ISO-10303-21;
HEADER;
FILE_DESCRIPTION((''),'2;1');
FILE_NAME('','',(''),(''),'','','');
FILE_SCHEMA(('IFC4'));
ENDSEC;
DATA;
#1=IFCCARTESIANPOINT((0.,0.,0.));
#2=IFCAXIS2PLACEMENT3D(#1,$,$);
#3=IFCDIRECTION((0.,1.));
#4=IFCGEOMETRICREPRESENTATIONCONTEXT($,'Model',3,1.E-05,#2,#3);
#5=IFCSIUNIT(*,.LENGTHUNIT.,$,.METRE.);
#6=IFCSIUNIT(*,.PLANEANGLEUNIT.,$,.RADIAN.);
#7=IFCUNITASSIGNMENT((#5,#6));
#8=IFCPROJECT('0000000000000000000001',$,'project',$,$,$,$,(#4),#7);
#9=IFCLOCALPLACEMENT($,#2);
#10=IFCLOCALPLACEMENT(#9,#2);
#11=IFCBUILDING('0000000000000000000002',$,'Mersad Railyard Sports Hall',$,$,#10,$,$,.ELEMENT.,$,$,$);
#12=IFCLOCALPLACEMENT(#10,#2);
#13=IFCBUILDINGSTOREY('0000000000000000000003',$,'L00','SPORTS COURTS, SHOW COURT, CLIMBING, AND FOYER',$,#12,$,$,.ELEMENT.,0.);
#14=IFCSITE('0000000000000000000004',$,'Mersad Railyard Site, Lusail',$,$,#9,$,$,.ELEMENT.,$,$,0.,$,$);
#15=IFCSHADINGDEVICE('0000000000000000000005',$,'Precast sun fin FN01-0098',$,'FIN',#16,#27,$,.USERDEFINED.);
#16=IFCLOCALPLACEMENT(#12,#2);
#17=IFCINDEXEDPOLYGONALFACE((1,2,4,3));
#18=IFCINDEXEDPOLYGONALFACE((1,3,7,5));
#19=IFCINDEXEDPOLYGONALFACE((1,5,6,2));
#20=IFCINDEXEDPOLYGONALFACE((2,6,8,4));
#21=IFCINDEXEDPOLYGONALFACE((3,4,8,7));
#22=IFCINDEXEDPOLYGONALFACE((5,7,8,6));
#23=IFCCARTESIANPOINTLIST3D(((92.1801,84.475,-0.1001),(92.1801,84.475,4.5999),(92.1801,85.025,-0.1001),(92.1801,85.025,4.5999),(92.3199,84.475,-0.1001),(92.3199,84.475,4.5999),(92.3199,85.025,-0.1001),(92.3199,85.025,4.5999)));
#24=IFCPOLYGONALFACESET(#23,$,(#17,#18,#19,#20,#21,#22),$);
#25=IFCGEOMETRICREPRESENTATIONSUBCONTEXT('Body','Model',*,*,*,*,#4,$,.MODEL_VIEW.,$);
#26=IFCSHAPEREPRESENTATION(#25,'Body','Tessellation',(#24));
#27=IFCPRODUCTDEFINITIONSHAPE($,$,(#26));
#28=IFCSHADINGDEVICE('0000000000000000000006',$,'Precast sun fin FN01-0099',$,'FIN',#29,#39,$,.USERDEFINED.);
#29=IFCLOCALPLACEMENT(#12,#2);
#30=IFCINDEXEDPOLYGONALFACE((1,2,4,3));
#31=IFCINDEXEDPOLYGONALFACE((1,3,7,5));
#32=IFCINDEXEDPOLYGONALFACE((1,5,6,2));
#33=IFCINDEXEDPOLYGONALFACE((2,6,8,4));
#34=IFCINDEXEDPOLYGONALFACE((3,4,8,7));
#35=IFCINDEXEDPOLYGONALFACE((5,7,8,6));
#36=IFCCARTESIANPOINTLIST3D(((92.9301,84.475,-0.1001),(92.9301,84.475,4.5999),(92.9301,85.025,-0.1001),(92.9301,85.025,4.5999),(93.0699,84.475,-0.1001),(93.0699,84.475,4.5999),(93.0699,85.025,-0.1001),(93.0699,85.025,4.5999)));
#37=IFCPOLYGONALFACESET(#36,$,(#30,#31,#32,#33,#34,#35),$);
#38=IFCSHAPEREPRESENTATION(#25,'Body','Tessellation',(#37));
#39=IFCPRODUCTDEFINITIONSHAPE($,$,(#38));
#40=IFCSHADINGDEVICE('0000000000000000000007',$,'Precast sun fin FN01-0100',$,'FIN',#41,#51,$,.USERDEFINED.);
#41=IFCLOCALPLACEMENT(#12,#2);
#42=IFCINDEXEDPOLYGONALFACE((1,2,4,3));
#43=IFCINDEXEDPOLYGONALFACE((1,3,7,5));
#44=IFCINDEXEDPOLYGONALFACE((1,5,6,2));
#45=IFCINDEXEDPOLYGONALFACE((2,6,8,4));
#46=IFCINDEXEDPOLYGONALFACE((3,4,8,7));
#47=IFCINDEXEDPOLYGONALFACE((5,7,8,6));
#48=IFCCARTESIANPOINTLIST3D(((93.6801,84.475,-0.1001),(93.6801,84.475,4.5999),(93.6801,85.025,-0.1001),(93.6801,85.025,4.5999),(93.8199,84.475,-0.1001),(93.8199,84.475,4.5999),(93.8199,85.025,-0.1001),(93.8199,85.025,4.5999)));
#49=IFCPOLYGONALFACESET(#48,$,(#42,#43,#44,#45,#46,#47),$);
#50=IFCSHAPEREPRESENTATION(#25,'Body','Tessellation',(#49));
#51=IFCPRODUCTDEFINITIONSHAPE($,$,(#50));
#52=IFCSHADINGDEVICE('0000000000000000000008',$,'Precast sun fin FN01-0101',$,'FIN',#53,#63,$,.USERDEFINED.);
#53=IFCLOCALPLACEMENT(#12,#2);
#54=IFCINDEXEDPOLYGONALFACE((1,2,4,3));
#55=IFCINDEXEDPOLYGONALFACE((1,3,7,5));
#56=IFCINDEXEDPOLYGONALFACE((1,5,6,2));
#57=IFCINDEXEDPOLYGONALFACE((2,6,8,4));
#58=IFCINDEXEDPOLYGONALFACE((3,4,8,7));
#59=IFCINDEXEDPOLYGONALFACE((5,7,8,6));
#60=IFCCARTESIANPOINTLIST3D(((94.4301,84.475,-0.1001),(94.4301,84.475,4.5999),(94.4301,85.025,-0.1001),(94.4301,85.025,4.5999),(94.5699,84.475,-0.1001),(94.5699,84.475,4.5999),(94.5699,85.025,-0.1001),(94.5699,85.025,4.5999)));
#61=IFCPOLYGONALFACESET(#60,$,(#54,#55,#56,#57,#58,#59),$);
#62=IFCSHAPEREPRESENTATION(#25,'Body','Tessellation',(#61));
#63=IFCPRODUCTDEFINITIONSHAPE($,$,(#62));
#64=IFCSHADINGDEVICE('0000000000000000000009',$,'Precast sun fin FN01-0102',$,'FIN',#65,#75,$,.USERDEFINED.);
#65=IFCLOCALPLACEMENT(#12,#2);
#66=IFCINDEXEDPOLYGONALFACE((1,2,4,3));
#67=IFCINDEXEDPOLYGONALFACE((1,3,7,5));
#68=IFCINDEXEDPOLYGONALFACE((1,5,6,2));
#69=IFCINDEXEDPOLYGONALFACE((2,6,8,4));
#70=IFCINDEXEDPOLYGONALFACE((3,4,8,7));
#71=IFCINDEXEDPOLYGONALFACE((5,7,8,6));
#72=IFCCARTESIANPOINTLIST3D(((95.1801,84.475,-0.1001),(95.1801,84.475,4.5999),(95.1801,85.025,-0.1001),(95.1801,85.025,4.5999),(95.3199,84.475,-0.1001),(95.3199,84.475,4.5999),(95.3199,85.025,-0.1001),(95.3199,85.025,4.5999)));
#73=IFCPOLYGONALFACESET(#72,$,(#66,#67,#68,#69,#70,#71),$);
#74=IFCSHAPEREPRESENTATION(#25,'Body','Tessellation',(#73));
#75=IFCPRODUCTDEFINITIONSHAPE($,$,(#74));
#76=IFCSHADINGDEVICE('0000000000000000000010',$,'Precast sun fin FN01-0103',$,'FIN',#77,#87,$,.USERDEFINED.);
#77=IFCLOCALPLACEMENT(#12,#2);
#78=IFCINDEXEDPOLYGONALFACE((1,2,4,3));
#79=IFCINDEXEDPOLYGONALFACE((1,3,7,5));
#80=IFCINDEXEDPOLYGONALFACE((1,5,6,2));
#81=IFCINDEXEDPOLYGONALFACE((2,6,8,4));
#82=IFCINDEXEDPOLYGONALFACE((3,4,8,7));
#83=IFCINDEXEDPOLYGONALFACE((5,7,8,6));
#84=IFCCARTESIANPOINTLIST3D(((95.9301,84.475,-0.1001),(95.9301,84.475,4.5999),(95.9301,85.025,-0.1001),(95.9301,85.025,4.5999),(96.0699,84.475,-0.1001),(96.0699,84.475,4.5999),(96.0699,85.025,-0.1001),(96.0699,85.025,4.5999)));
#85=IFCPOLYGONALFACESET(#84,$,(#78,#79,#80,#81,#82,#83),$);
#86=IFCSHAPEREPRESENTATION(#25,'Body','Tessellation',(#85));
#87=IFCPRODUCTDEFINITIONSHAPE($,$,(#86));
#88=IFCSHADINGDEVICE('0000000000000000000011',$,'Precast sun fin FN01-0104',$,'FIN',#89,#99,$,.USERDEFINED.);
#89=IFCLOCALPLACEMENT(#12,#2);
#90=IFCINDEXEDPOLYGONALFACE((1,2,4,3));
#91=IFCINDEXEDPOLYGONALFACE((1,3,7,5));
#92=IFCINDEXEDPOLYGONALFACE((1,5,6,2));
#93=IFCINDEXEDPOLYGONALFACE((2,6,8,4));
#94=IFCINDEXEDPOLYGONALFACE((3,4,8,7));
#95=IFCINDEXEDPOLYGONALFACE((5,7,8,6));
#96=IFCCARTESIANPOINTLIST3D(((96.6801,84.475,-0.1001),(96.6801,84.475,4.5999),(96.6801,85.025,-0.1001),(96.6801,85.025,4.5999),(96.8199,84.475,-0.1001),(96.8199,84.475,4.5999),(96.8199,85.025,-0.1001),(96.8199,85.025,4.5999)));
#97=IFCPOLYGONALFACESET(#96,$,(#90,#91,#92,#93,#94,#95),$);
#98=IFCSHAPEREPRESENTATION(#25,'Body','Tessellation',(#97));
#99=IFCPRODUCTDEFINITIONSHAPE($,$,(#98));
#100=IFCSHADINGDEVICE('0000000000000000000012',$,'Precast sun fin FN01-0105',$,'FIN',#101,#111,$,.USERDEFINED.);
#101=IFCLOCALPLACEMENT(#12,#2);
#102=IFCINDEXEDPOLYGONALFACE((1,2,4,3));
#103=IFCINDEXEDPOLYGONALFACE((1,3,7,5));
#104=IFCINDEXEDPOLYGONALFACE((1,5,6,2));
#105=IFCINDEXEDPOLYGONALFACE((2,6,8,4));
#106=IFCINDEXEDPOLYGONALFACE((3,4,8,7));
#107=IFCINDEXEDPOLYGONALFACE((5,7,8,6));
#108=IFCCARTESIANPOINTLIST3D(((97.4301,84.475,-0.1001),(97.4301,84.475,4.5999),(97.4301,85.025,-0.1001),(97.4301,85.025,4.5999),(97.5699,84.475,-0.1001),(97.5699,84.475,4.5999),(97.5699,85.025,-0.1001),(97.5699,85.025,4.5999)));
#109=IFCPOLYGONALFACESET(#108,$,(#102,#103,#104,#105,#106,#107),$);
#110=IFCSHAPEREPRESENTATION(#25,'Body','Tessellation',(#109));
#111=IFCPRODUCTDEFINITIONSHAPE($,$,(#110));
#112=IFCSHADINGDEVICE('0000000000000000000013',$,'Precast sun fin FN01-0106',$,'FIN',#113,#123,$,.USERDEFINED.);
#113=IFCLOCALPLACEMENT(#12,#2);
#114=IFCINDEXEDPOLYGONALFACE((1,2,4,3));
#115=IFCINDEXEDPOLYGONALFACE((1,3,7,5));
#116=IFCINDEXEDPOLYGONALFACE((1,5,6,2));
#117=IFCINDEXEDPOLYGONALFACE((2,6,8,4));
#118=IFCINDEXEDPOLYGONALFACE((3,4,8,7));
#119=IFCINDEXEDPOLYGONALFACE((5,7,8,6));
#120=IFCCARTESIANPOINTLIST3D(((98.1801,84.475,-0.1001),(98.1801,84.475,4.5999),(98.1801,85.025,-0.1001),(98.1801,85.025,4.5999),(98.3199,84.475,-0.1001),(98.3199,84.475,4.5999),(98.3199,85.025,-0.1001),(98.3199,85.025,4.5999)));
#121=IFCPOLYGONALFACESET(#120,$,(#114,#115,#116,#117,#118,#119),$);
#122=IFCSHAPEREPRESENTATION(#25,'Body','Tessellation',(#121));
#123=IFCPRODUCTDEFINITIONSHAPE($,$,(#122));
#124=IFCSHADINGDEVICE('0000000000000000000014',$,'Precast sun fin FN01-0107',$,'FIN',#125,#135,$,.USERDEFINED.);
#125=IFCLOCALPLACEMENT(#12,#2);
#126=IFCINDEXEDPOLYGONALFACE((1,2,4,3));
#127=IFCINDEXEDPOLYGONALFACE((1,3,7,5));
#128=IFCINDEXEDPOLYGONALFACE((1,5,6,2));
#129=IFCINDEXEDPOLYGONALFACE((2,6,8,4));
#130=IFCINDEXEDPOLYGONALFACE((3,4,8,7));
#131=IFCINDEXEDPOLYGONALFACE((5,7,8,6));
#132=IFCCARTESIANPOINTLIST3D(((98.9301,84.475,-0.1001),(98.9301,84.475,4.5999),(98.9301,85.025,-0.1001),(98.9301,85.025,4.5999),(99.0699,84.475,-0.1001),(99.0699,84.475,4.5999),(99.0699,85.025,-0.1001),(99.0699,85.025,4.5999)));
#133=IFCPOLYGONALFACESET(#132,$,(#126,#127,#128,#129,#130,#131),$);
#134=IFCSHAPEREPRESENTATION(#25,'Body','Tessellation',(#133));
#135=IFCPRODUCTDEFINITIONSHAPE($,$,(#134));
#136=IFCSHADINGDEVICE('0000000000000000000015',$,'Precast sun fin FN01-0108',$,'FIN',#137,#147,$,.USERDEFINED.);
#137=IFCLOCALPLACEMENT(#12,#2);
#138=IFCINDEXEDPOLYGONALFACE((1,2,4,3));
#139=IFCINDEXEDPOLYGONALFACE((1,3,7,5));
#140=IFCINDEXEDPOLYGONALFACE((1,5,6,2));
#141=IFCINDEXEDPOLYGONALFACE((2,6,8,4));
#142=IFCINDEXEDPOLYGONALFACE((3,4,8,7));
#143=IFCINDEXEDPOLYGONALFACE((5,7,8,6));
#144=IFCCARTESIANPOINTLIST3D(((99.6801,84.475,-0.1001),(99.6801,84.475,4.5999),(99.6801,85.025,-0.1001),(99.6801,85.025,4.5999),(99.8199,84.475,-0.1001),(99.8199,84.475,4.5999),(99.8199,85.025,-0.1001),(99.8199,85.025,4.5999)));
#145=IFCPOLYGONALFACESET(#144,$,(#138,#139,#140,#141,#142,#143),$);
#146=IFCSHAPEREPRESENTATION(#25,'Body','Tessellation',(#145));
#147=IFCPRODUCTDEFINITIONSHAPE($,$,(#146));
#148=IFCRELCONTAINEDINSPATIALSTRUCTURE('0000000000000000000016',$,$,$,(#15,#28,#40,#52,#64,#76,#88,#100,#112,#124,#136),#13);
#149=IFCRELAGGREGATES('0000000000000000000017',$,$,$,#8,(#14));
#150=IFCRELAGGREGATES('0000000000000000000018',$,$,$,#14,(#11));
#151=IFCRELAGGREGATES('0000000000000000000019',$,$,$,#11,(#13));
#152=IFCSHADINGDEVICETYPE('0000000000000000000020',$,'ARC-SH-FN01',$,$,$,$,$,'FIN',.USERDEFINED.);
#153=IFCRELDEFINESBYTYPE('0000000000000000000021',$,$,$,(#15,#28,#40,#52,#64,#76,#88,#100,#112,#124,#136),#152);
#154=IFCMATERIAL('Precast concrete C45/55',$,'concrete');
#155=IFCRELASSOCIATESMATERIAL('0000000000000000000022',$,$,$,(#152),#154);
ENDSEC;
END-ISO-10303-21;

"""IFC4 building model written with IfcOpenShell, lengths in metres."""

from ifc_helpers import new_model, si_unit, direction, frame, origin, origin_2d, place, context, subcontext, project, spatial, rectangle, extrude, material, type_object, element, save


model = new_model("IFC4")

# Units and contexts
model_context = context("Model", 3, precision=1e-05, world=origin(), true_north=direction((0.0, 1.0)))
body_context = subcontext(model_context, "Body", "Model", "MODEL_VIEW")
ifc_project = project(units=[si_unit("LENGTHUNIT", "METRE"), si_unit("PLANEANGLEUNIT", "RADIAN")], contexts=[model_context])

# Site, building, storey
site_placement = place(None, origin())
site = spatial("IfcSite", under=ifc_project, at=site_placement, Name="Mersad Railyard Site, Lusail", CompositionType="ELEMENT", RefElevation=0.0)
building_placement = place(site_placement, origin())
building = spatial("IfcBuilding", under=site, at=building_placement, Name="Mersad Railyard Sports Hall", CompositionType="ELEMENT")
storey_placement = place(building_placement, origin())
storey = spatial("IfcBuildingStorey", under=building, at=storey_placement, Name="L00", Description="SPORTS COURTS, SHOW COURT, CLIMBING, AND FOYER", CompositionType="ELEMENT", Elevation=0.0)

# Shading devices
ifc_material_1 = material(Name="Precast concrete C45/55", Category="concrete")
shading_device_type = type_object("IfcShadingDeviceType", Name="ARC-SH-FN01", ElementType="FIN", PredefinedType="USERDEFINED", material=ifc_material_1)
for number, where, z_axis, x_axis, name in (
    (1, (92.25, 84.75, -0.1001), (0.0, 0.0, 1.0), (1.0, 0.0, 0.0), "Precast sun fin FN01-0098"),
    (2, (93.0, 84.75, -0.1001), (0.0, 0.0, 1.0), (1.0, 0.0, 0.0), "Precast sun fin FN01-0099"),
    (3, (93.75, 84.75, -0.1001), (0.0, 0.0, 1.0), (1.0, 0.0, 0.0), "Precast sun fin FN01-0100"),
    (4, (94.5, 84.75, -0.1001), (0.0, 0.0, 1.0), (1.0, 0.0, 0.0), "Precast sun fin FN01-0101"),
    (5, (95.25, 84.75, -0.1001), (0.0, 0.0, 1.0), (1.0, 0.0, 0.0), "Precast sun fin FN01-0102"),
    (6, (96.0, 84.75, -0.1001), (0.0, 0.0, 1.0), (1.0, 0.0, 0.0), "Precast sun fin FN01-0103"),
    (7, (96.75, 84.75, -0.1001), (0.0, 0.0, 1.0), (1.0, 0.0, 0.0), "Precast sun fin FN01-0104"),
    (8, (97.5, 84.75, -0.1001), (0.0, 0.0, 1.0), (1.0, 0.0, 0.0), "Precast sun fin FN01-0105"),
    (9, (98.25, 84.75, -0.1001), (0.0, 0.0, 1.0), (1.0, 0.0, 0.0), "Precast sun fin FN01-0106"),
    (10, (99.0, 84.75, -0.1001), (0.0, 0.0, 1.0), (1.0, 0.0, 0.0), "Precast sun fin FN01-0107"),
    (11, (99.75, 84.75, -0.1001), (0.0, 0.0, 1.0), (1.0, 0.0, 0.0), "Precast sun fin FN01-0108"),
):
    element("IfcShadingDevice", number, at=place(storey_placement, frame(where, z_axis=z_axis, x_axis=x_axis)), inside=storey, type_object=shading_device_type, Name=name, ObjectType="FIN", PredefinedType="USERDEFINED", context=body_context, shape_type="SweptSolid", body=[
        extrude(rectangle(XDim=0.1399, YDim=0.55, at=origin_2d()), origin(), (0.0, 0.0, 1.0), 4.7),
    ])

save(model, "model.ifc")
